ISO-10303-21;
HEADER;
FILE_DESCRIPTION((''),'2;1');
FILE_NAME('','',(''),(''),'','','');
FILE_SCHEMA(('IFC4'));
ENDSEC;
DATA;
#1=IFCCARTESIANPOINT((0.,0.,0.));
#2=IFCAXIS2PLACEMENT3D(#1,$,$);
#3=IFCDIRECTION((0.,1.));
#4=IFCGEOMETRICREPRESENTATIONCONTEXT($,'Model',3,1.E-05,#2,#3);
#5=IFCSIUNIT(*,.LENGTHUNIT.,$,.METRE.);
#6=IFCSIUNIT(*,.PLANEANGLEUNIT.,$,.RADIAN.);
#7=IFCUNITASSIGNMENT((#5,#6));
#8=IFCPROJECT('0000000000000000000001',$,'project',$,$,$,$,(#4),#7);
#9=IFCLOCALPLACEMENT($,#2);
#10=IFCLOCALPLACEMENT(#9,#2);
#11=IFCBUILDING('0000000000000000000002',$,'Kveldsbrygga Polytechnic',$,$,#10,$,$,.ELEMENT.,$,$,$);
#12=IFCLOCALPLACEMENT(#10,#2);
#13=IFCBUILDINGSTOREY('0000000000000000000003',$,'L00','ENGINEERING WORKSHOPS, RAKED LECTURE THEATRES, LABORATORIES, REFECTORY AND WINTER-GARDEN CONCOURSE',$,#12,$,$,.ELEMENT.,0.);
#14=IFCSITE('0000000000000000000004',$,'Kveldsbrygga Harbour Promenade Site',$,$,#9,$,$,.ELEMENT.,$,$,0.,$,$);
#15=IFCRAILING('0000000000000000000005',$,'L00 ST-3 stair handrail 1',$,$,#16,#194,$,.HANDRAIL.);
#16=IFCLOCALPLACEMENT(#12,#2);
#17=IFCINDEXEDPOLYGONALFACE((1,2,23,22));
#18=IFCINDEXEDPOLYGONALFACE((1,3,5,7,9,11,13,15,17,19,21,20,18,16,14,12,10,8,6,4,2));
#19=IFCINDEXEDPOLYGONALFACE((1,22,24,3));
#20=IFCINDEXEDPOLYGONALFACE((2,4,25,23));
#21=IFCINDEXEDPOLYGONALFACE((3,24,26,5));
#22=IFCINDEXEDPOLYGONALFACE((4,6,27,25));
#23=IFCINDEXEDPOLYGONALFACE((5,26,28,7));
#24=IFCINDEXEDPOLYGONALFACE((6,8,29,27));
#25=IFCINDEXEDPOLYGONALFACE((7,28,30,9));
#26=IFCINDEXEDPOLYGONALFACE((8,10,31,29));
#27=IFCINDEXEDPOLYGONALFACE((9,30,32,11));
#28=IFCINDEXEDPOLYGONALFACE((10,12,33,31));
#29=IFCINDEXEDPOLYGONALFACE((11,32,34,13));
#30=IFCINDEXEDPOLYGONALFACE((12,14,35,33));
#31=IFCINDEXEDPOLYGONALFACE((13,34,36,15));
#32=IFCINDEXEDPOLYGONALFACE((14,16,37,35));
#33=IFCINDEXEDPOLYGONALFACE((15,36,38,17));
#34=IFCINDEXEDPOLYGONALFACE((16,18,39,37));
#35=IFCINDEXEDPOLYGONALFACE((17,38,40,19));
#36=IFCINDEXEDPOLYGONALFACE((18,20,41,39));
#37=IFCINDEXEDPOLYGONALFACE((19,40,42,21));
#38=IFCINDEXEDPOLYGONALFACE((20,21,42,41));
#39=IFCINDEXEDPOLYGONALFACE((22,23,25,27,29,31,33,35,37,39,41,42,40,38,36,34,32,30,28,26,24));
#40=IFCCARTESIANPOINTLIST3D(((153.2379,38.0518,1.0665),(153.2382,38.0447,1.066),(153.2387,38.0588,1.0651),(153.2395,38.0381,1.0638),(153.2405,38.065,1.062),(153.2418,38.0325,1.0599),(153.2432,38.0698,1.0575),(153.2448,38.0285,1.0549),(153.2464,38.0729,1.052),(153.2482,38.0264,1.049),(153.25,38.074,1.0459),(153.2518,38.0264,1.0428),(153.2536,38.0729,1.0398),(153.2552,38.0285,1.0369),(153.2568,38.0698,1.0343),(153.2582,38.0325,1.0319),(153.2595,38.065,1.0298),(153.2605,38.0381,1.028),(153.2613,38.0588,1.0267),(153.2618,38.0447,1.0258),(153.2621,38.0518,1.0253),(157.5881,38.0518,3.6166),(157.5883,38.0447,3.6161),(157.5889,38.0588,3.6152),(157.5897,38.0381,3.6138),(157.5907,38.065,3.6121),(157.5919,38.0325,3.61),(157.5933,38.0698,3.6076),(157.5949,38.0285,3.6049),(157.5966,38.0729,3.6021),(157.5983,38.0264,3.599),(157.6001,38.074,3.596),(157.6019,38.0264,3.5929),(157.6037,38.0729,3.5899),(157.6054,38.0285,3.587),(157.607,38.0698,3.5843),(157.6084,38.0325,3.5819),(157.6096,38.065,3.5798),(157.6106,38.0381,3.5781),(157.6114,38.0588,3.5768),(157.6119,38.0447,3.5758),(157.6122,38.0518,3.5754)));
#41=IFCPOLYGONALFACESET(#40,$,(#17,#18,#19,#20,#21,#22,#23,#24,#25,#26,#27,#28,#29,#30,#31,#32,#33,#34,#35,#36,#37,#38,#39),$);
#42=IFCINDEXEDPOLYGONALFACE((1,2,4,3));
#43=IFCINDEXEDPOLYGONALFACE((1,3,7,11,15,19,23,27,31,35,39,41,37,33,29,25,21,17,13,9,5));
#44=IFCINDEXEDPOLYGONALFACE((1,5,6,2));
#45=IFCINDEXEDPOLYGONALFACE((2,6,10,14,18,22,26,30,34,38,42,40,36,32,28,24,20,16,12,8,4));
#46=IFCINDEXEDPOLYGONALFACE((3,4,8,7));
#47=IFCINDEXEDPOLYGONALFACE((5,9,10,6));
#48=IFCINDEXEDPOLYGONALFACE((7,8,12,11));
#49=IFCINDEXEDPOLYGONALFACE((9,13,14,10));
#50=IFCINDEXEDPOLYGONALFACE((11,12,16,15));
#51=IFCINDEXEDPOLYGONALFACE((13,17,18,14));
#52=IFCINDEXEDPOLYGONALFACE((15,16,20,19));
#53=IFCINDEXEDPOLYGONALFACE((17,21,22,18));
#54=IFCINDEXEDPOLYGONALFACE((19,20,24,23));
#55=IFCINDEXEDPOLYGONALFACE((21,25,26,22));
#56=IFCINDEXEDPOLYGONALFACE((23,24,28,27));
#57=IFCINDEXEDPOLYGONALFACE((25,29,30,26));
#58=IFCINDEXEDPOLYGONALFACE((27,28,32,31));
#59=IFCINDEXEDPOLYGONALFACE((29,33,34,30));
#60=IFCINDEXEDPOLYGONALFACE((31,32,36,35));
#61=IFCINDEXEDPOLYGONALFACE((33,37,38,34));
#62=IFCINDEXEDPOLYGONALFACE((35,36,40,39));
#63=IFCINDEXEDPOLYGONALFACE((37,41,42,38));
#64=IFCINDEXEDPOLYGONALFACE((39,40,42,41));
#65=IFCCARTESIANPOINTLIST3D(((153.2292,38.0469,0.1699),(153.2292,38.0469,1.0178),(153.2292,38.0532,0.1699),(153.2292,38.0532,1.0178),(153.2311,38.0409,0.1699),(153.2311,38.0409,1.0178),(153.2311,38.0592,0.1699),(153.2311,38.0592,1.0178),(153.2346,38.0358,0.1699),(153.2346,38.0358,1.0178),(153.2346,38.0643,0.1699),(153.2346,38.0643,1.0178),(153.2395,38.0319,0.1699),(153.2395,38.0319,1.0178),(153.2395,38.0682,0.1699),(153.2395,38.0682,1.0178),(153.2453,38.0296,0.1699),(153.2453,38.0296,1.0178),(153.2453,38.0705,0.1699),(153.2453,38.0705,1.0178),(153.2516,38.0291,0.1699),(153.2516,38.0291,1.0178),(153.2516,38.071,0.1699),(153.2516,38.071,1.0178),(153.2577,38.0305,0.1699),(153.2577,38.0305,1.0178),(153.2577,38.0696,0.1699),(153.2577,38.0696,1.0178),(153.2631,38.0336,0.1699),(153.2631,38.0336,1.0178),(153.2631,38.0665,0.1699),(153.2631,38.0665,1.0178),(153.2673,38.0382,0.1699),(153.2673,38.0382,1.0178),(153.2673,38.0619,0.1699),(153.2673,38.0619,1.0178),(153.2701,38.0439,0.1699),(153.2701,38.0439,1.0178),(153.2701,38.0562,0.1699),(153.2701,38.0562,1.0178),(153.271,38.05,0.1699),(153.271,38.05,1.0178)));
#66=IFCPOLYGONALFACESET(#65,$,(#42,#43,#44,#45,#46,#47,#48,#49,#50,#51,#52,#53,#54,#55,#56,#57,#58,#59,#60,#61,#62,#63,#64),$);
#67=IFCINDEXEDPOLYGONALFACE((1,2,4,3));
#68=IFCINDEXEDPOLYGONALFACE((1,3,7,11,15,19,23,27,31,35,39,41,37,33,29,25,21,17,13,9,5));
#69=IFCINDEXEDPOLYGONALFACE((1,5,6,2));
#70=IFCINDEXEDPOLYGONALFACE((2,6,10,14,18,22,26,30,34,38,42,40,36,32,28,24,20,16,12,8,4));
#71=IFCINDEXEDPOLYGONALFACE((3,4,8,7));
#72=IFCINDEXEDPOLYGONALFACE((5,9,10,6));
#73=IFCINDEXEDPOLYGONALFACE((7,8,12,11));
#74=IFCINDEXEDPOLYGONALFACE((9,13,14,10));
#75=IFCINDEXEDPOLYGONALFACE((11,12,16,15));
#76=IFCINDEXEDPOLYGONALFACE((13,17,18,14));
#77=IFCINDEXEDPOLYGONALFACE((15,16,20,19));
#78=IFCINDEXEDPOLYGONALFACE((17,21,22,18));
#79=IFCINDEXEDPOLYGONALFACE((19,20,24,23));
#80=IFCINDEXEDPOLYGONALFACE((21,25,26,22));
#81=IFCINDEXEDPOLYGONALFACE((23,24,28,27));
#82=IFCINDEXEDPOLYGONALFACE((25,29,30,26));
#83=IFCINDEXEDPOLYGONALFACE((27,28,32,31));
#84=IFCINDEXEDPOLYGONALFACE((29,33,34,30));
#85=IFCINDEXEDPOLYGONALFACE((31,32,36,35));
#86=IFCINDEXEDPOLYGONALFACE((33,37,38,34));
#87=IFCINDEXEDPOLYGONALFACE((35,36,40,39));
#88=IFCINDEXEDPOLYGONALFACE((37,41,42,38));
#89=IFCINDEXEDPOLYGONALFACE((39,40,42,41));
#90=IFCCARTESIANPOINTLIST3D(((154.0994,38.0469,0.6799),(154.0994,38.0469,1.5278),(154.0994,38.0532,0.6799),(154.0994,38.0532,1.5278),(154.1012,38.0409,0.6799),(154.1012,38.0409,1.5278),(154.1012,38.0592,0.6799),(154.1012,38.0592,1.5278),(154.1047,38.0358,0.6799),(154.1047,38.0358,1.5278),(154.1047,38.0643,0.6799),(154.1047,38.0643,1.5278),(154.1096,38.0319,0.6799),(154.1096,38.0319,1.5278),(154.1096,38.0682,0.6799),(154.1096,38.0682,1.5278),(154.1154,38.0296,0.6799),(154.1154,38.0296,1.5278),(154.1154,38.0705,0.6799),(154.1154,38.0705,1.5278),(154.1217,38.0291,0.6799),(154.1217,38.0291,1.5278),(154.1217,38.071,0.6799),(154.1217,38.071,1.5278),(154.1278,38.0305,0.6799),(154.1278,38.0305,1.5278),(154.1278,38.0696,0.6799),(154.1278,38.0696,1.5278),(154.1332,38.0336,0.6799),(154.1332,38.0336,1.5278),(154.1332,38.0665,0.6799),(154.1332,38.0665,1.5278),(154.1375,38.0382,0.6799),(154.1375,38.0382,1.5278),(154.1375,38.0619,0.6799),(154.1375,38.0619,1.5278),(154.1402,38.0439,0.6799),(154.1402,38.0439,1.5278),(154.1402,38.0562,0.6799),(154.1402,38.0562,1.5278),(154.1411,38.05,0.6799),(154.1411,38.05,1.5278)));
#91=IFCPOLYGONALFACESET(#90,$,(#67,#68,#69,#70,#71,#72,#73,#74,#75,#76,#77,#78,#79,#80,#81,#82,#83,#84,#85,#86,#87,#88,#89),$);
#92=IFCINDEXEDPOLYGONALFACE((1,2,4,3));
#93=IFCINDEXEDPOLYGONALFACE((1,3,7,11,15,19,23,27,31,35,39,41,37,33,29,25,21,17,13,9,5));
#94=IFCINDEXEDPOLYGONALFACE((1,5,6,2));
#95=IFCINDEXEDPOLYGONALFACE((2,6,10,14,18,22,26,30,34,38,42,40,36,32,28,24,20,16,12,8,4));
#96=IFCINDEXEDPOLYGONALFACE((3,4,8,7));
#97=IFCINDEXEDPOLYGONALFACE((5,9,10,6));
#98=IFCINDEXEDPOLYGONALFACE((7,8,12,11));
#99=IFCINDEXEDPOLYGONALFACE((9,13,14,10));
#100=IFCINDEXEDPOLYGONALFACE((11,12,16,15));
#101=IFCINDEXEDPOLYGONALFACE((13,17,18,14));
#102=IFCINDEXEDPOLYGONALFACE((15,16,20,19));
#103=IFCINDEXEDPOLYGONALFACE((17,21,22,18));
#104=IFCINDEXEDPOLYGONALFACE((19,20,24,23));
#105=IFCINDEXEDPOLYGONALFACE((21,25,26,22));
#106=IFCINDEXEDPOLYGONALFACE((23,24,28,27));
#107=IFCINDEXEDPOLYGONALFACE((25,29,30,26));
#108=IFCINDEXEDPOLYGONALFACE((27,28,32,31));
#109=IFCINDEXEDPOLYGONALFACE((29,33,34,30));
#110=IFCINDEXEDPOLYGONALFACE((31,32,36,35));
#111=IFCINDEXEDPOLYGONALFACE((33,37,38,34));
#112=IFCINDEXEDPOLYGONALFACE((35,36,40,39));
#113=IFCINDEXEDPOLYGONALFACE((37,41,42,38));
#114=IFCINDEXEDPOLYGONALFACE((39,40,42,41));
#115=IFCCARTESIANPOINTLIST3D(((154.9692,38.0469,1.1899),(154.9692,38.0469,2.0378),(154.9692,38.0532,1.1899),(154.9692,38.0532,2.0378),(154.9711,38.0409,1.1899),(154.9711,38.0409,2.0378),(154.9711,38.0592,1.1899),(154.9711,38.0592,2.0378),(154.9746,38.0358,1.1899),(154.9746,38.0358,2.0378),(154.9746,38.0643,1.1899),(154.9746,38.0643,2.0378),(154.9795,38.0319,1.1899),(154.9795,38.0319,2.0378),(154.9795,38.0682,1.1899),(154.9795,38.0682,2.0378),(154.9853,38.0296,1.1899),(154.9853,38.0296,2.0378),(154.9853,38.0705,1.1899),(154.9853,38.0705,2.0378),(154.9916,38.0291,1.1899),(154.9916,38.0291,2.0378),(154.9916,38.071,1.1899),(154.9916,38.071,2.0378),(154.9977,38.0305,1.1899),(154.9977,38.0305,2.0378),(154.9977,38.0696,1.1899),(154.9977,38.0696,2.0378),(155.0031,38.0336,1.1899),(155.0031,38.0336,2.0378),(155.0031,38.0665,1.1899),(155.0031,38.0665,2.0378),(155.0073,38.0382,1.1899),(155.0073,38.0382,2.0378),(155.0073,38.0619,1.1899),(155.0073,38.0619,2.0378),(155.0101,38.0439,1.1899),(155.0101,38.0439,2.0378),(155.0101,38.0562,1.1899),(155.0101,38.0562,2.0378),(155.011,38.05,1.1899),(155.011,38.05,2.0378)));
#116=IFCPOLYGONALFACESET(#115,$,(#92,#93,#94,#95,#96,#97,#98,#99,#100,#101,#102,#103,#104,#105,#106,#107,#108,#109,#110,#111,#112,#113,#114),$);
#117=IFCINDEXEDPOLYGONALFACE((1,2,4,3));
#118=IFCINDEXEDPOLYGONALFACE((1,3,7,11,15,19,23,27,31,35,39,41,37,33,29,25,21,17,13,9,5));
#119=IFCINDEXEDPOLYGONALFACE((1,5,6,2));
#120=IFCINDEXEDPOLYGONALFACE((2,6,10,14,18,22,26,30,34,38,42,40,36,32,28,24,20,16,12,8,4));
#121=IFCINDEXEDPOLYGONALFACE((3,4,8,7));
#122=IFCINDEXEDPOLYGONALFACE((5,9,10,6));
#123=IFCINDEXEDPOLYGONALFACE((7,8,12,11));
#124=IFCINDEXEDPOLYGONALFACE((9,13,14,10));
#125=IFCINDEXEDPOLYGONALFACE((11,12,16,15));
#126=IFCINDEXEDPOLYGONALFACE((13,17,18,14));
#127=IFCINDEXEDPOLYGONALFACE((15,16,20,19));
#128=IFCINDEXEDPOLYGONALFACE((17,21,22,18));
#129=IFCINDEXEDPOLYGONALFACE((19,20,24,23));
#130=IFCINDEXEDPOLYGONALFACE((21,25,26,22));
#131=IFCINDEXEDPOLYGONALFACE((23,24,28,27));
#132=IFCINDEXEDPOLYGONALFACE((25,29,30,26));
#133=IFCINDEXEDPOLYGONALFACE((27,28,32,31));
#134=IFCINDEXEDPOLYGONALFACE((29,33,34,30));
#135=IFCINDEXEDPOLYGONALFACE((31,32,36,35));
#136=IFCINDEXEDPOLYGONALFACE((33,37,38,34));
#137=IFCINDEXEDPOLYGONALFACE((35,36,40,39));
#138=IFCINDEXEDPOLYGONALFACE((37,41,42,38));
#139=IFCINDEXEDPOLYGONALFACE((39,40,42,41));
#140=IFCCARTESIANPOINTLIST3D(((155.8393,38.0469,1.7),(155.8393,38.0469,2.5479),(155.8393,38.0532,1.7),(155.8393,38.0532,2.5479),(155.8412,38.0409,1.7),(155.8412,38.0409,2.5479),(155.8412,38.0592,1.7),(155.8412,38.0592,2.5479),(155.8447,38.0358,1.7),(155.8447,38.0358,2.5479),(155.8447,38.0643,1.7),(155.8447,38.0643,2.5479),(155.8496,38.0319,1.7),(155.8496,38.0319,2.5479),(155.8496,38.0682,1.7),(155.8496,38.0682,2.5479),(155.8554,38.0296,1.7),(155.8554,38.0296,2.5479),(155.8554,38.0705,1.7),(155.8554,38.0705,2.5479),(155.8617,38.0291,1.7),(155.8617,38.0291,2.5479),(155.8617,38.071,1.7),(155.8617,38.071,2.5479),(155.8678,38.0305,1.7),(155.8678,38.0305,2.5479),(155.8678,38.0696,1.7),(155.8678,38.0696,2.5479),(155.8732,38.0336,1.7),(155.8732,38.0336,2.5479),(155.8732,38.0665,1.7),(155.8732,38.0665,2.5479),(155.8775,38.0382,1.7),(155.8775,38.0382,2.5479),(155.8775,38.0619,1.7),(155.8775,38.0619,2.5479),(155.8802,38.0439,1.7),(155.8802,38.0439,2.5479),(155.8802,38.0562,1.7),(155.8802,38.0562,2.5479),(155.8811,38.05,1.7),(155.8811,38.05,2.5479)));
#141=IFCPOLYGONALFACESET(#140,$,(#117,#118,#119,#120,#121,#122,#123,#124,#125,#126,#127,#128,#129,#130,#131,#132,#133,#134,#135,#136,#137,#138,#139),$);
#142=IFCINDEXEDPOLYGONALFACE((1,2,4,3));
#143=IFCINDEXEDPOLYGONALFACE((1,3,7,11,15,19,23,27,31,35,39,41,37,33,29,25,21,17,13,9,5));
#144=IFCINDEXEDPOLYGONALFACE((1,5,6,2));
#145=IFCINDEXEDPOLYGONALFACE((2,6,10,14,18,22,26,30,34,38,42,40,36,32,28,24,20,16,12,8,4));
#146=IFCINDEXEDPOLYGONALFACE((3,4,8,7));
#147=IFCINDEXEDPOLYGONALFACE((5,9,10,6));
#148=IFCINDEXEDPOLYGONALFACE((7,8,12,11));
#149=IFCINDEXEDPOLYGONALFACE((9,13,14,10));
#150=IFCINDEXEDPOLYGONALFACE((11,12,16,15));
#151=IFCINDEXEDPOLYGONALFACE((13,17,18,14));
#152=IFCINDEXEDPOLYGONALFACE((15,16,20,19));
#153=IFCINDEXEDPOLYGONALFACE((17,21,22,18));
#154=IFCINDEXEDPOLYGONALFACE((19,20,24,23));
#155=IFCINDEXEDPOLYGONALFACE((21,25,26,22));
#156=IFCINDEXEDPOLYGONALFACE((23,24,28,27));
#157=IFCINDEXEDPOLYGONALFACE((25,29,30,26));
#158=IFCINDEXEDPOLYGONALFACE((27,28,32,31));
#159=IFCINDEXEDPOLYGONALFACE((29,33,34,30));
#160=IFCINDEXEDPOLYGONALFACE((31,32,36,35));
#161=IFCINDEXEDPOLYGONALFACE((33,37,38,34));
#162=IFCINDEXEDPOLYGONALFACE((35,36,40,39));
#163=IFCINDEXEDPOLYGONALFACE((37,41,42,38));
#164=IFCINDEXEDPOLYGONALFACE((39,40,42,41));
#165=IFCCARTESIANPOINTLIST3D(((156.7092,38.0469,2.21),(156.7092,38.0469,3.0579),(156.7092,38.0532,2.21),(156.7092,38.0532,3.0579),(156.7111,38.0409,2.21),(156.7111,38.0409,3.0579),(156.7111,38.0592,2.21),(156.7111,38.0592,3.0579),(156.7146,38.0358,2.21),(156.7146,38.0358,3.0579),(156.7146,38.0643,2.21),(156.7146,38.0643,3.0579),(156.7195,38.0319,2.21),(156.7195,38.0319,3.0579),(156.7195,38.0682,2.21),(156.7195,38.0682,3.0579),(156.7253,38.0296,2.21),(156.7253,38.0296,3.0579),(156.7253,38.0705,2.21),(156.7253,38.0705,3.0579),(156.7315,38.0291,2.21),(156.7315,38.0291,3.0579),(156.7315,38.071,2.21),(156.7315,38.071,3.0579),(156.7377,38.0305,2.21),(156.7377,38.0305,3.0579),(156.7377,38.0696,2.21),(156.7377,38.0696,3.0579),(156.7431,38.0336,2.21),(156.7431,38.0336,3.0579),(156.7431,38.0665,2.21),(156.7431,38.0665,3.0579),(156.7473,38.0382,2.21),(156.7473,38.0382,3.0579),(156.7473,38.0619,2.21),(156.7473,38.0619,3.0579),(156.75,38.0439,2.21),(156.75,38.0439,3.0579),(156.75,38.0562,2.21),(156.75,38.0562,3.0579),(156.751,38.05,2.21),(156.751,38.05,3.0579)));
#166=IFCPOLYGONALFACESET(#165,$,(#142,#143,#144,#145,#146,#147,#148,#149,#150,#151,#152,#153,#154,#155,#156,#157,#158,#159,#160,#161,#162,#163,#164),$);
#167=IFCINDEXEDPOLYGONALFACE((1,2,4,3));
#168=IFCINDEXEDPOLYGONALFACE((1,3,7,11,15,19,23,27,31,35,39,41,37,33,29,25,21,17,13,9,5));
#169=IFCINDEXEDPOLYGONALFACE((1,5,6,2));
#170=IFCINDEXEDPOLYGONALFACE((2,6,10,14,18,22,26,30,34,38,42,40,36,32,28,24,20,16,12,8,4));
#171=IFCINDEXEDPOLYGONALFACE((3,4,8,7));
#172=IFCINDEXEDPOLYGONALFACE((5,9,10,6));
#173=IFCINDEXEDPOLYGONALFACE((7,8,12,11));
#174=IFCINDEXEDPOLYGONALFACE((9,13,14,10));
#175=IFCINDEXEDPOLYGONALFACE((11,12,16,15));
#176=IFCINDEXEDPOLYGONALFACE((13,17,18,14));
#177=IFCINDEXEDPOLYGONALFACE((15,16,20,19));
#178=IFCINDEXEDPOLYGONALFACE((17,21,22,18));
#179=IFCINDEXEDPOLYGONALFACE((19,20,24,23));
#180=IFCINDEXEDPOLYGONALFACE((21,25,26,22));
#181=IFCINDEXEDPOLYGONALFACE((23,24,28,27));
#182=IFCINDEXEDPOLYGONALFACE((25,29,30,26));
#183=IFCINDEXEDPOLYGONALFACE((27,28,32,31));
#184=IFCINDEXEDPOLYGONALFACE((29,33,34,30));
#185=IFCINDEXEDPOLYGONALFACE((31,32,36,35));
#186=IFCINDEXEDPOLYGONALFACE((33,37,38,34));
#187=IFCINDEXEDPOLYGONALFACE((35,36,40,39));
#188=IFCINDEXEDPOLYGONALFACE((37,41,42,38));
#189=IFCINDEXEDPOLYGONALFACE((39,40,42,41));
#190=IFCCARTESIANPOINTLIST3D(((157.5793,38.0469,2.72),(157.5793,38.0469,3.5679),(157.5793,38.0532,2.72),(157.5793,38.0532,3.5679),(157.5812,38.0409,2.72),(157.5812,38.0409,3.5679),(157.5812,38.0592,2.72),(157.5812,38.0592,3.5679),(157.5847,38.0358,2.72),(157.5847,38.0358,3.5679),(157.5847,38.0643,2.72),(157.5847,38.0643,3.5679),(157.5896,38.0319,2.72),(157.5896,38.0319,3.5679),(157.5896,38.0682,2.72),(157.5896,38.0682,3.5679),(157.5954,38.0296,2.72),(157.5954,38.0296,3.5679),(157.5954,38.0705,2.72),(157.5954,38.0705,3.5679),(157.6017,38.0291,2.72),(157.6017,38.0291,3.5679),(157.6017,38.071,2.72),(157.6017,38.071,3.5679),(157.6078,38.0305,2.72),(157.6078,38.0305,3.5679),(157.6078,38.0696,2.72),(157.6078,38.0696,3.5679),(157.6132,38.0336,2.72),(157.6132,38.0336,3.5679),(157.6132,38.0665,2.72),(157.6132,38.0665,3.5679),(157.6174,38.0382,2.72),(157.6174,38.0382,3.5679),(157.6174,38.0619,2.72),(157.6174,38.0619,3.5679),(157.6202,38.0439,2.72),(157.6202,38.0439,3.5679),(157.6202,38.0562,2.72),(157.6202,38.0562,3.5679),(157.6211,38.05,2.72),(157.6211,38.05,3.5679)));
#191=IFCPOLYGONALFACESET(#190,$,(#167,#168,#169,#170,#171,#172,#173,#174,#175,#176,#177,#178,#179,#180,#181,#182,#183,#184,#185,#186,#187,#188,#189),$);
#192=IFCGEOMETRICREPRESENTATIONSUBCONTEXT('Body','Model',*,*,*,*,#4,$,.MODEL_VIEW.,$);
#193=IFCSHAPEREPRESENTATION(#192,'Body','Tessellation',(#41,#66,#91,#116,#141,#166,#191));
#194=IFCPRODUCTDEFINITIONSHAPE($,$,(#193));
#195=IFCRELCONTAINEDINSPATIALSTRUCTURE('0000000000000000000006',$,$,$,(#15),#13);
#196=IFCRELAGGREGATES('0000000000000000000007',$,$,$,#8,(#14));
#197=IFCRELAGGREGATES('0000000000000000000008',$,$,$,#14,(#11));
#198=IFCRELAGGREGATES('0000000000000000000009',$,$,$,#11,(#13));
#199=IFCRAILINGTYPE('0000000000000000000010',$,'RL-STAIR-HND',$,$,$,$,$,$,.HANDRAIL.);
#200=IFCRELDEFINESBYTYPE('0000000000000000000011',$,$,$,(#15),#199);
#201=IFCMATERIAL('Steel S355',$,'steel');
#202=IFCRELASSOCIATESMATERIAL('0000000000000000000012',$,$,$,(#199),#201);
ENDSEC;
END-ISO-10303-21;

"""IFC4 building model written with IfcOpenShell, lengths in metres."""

from ifc_helpers import new_model, si_unit, direction, frame, origin, origin_2d, place, context, subcontext, project, spatial, circle, extrude, material, type_object, element, save


model = new_model("IFC4")

# Units and contexts
model_context = context("Model", 3, precision=1e-05, world=origin(), true_north=direction((0.0, 1.0)))
body_context = subcontext(model_context, "Body", "Model", "MODEL_VIEW")
ifc_project = project(units=[si_unit("LENGTHUNIT", "METRE"), si_unit("PLANEANGLEUNIT", "RADIAN")], contexts=[model_context])

# Site, building, storey
site_placement = place(None, origin())
site = spatial("IfcSite", under=ifc_project, at=site_placement, Name="Kveldsbrygga Harbour Promenade Site", CompositionType="ELEMENT", RefElevation=0.0)
building_placement = place(site_placement, origin())
building = spatial("IfcBuilding", under=site, at=building_placement, Name="Kveldsbrygga Polytechnic", CompositionType="ELEMENT")
storey_placement = place(building_placement, origin())
storey = spatial("IfcBuildingStorey", under=building, at=storey_placement, Name="L00", Description="ENGINEERING WORKSHOPS, RAKED LECTURE THEATRES, LABORATORIES, REFECTORY AND WINTER-GARDEN CONCOURSE", CompositionType="ELEMENT", Elevation=0.0)

# Railing
ifc_material_1 = material(Name="Steel S355", Category="steel")
railing_type_1 = type_object("IfcRailingType", Name="RL-STAIR-HND", PredefinedType="HANDRAIL", material=ifc_material_1)
railing_1_placement = place(storey_placement, frame((153.25, 38.05, 0.1699)))
element("IfcRailing", 1, at=railing_1_placement, inside=storey, type_object=railing_type_1, Name="L00 ST-3 stair handrail 1", PredefinedType="HANDRAIL", context=body_context, shape_type="SweptSolid", body=[
    extrude(circle(Radius=0.0239, at=origin_2d()), frame((0.0, 0.0, 0.876), z_axis=(0.862699, 0.0, 0.505718), x_axis=(0.0, 1.0, 0.0)), (0.0, 0.0, 1.0), 5.0425),
    extrude(circle(Radius=0.021, at=origin_2d()), origin(), (0.0, 0.0, 1.0), 0.8479),
    extrude(circle(Radius=0.021, at=origin_2d()), frame((0.8701, 0.0, 0.51)), (0.0, 0.0, 1.0), 0.8479),
    extrude(circle(Radius=0.021, at=origin_2d()), frame((1.74, 0.0, 1.02)), (0.0, 0.0, 1.0), 0.8479),
    extrude(circle(Radius=0.021, at=origin_2d()), frame((2.6101, 0.0, 1.53)), (0.0, 0.0, 1.0), 0.8479),
    extrude(circle(Radius=0.021, at=origin_2d()), frame((3.48, 0.0, 2.04)), (0.0, 0.0, 1.0), 0.8479),
    extrude(circle(Radius=0.021, at=origin_2d()), frame((4.3501, 0.0, 2.55)), (0.0, 0.0, 1.0), 0.8479),
])

save(model, "model.ifc")
